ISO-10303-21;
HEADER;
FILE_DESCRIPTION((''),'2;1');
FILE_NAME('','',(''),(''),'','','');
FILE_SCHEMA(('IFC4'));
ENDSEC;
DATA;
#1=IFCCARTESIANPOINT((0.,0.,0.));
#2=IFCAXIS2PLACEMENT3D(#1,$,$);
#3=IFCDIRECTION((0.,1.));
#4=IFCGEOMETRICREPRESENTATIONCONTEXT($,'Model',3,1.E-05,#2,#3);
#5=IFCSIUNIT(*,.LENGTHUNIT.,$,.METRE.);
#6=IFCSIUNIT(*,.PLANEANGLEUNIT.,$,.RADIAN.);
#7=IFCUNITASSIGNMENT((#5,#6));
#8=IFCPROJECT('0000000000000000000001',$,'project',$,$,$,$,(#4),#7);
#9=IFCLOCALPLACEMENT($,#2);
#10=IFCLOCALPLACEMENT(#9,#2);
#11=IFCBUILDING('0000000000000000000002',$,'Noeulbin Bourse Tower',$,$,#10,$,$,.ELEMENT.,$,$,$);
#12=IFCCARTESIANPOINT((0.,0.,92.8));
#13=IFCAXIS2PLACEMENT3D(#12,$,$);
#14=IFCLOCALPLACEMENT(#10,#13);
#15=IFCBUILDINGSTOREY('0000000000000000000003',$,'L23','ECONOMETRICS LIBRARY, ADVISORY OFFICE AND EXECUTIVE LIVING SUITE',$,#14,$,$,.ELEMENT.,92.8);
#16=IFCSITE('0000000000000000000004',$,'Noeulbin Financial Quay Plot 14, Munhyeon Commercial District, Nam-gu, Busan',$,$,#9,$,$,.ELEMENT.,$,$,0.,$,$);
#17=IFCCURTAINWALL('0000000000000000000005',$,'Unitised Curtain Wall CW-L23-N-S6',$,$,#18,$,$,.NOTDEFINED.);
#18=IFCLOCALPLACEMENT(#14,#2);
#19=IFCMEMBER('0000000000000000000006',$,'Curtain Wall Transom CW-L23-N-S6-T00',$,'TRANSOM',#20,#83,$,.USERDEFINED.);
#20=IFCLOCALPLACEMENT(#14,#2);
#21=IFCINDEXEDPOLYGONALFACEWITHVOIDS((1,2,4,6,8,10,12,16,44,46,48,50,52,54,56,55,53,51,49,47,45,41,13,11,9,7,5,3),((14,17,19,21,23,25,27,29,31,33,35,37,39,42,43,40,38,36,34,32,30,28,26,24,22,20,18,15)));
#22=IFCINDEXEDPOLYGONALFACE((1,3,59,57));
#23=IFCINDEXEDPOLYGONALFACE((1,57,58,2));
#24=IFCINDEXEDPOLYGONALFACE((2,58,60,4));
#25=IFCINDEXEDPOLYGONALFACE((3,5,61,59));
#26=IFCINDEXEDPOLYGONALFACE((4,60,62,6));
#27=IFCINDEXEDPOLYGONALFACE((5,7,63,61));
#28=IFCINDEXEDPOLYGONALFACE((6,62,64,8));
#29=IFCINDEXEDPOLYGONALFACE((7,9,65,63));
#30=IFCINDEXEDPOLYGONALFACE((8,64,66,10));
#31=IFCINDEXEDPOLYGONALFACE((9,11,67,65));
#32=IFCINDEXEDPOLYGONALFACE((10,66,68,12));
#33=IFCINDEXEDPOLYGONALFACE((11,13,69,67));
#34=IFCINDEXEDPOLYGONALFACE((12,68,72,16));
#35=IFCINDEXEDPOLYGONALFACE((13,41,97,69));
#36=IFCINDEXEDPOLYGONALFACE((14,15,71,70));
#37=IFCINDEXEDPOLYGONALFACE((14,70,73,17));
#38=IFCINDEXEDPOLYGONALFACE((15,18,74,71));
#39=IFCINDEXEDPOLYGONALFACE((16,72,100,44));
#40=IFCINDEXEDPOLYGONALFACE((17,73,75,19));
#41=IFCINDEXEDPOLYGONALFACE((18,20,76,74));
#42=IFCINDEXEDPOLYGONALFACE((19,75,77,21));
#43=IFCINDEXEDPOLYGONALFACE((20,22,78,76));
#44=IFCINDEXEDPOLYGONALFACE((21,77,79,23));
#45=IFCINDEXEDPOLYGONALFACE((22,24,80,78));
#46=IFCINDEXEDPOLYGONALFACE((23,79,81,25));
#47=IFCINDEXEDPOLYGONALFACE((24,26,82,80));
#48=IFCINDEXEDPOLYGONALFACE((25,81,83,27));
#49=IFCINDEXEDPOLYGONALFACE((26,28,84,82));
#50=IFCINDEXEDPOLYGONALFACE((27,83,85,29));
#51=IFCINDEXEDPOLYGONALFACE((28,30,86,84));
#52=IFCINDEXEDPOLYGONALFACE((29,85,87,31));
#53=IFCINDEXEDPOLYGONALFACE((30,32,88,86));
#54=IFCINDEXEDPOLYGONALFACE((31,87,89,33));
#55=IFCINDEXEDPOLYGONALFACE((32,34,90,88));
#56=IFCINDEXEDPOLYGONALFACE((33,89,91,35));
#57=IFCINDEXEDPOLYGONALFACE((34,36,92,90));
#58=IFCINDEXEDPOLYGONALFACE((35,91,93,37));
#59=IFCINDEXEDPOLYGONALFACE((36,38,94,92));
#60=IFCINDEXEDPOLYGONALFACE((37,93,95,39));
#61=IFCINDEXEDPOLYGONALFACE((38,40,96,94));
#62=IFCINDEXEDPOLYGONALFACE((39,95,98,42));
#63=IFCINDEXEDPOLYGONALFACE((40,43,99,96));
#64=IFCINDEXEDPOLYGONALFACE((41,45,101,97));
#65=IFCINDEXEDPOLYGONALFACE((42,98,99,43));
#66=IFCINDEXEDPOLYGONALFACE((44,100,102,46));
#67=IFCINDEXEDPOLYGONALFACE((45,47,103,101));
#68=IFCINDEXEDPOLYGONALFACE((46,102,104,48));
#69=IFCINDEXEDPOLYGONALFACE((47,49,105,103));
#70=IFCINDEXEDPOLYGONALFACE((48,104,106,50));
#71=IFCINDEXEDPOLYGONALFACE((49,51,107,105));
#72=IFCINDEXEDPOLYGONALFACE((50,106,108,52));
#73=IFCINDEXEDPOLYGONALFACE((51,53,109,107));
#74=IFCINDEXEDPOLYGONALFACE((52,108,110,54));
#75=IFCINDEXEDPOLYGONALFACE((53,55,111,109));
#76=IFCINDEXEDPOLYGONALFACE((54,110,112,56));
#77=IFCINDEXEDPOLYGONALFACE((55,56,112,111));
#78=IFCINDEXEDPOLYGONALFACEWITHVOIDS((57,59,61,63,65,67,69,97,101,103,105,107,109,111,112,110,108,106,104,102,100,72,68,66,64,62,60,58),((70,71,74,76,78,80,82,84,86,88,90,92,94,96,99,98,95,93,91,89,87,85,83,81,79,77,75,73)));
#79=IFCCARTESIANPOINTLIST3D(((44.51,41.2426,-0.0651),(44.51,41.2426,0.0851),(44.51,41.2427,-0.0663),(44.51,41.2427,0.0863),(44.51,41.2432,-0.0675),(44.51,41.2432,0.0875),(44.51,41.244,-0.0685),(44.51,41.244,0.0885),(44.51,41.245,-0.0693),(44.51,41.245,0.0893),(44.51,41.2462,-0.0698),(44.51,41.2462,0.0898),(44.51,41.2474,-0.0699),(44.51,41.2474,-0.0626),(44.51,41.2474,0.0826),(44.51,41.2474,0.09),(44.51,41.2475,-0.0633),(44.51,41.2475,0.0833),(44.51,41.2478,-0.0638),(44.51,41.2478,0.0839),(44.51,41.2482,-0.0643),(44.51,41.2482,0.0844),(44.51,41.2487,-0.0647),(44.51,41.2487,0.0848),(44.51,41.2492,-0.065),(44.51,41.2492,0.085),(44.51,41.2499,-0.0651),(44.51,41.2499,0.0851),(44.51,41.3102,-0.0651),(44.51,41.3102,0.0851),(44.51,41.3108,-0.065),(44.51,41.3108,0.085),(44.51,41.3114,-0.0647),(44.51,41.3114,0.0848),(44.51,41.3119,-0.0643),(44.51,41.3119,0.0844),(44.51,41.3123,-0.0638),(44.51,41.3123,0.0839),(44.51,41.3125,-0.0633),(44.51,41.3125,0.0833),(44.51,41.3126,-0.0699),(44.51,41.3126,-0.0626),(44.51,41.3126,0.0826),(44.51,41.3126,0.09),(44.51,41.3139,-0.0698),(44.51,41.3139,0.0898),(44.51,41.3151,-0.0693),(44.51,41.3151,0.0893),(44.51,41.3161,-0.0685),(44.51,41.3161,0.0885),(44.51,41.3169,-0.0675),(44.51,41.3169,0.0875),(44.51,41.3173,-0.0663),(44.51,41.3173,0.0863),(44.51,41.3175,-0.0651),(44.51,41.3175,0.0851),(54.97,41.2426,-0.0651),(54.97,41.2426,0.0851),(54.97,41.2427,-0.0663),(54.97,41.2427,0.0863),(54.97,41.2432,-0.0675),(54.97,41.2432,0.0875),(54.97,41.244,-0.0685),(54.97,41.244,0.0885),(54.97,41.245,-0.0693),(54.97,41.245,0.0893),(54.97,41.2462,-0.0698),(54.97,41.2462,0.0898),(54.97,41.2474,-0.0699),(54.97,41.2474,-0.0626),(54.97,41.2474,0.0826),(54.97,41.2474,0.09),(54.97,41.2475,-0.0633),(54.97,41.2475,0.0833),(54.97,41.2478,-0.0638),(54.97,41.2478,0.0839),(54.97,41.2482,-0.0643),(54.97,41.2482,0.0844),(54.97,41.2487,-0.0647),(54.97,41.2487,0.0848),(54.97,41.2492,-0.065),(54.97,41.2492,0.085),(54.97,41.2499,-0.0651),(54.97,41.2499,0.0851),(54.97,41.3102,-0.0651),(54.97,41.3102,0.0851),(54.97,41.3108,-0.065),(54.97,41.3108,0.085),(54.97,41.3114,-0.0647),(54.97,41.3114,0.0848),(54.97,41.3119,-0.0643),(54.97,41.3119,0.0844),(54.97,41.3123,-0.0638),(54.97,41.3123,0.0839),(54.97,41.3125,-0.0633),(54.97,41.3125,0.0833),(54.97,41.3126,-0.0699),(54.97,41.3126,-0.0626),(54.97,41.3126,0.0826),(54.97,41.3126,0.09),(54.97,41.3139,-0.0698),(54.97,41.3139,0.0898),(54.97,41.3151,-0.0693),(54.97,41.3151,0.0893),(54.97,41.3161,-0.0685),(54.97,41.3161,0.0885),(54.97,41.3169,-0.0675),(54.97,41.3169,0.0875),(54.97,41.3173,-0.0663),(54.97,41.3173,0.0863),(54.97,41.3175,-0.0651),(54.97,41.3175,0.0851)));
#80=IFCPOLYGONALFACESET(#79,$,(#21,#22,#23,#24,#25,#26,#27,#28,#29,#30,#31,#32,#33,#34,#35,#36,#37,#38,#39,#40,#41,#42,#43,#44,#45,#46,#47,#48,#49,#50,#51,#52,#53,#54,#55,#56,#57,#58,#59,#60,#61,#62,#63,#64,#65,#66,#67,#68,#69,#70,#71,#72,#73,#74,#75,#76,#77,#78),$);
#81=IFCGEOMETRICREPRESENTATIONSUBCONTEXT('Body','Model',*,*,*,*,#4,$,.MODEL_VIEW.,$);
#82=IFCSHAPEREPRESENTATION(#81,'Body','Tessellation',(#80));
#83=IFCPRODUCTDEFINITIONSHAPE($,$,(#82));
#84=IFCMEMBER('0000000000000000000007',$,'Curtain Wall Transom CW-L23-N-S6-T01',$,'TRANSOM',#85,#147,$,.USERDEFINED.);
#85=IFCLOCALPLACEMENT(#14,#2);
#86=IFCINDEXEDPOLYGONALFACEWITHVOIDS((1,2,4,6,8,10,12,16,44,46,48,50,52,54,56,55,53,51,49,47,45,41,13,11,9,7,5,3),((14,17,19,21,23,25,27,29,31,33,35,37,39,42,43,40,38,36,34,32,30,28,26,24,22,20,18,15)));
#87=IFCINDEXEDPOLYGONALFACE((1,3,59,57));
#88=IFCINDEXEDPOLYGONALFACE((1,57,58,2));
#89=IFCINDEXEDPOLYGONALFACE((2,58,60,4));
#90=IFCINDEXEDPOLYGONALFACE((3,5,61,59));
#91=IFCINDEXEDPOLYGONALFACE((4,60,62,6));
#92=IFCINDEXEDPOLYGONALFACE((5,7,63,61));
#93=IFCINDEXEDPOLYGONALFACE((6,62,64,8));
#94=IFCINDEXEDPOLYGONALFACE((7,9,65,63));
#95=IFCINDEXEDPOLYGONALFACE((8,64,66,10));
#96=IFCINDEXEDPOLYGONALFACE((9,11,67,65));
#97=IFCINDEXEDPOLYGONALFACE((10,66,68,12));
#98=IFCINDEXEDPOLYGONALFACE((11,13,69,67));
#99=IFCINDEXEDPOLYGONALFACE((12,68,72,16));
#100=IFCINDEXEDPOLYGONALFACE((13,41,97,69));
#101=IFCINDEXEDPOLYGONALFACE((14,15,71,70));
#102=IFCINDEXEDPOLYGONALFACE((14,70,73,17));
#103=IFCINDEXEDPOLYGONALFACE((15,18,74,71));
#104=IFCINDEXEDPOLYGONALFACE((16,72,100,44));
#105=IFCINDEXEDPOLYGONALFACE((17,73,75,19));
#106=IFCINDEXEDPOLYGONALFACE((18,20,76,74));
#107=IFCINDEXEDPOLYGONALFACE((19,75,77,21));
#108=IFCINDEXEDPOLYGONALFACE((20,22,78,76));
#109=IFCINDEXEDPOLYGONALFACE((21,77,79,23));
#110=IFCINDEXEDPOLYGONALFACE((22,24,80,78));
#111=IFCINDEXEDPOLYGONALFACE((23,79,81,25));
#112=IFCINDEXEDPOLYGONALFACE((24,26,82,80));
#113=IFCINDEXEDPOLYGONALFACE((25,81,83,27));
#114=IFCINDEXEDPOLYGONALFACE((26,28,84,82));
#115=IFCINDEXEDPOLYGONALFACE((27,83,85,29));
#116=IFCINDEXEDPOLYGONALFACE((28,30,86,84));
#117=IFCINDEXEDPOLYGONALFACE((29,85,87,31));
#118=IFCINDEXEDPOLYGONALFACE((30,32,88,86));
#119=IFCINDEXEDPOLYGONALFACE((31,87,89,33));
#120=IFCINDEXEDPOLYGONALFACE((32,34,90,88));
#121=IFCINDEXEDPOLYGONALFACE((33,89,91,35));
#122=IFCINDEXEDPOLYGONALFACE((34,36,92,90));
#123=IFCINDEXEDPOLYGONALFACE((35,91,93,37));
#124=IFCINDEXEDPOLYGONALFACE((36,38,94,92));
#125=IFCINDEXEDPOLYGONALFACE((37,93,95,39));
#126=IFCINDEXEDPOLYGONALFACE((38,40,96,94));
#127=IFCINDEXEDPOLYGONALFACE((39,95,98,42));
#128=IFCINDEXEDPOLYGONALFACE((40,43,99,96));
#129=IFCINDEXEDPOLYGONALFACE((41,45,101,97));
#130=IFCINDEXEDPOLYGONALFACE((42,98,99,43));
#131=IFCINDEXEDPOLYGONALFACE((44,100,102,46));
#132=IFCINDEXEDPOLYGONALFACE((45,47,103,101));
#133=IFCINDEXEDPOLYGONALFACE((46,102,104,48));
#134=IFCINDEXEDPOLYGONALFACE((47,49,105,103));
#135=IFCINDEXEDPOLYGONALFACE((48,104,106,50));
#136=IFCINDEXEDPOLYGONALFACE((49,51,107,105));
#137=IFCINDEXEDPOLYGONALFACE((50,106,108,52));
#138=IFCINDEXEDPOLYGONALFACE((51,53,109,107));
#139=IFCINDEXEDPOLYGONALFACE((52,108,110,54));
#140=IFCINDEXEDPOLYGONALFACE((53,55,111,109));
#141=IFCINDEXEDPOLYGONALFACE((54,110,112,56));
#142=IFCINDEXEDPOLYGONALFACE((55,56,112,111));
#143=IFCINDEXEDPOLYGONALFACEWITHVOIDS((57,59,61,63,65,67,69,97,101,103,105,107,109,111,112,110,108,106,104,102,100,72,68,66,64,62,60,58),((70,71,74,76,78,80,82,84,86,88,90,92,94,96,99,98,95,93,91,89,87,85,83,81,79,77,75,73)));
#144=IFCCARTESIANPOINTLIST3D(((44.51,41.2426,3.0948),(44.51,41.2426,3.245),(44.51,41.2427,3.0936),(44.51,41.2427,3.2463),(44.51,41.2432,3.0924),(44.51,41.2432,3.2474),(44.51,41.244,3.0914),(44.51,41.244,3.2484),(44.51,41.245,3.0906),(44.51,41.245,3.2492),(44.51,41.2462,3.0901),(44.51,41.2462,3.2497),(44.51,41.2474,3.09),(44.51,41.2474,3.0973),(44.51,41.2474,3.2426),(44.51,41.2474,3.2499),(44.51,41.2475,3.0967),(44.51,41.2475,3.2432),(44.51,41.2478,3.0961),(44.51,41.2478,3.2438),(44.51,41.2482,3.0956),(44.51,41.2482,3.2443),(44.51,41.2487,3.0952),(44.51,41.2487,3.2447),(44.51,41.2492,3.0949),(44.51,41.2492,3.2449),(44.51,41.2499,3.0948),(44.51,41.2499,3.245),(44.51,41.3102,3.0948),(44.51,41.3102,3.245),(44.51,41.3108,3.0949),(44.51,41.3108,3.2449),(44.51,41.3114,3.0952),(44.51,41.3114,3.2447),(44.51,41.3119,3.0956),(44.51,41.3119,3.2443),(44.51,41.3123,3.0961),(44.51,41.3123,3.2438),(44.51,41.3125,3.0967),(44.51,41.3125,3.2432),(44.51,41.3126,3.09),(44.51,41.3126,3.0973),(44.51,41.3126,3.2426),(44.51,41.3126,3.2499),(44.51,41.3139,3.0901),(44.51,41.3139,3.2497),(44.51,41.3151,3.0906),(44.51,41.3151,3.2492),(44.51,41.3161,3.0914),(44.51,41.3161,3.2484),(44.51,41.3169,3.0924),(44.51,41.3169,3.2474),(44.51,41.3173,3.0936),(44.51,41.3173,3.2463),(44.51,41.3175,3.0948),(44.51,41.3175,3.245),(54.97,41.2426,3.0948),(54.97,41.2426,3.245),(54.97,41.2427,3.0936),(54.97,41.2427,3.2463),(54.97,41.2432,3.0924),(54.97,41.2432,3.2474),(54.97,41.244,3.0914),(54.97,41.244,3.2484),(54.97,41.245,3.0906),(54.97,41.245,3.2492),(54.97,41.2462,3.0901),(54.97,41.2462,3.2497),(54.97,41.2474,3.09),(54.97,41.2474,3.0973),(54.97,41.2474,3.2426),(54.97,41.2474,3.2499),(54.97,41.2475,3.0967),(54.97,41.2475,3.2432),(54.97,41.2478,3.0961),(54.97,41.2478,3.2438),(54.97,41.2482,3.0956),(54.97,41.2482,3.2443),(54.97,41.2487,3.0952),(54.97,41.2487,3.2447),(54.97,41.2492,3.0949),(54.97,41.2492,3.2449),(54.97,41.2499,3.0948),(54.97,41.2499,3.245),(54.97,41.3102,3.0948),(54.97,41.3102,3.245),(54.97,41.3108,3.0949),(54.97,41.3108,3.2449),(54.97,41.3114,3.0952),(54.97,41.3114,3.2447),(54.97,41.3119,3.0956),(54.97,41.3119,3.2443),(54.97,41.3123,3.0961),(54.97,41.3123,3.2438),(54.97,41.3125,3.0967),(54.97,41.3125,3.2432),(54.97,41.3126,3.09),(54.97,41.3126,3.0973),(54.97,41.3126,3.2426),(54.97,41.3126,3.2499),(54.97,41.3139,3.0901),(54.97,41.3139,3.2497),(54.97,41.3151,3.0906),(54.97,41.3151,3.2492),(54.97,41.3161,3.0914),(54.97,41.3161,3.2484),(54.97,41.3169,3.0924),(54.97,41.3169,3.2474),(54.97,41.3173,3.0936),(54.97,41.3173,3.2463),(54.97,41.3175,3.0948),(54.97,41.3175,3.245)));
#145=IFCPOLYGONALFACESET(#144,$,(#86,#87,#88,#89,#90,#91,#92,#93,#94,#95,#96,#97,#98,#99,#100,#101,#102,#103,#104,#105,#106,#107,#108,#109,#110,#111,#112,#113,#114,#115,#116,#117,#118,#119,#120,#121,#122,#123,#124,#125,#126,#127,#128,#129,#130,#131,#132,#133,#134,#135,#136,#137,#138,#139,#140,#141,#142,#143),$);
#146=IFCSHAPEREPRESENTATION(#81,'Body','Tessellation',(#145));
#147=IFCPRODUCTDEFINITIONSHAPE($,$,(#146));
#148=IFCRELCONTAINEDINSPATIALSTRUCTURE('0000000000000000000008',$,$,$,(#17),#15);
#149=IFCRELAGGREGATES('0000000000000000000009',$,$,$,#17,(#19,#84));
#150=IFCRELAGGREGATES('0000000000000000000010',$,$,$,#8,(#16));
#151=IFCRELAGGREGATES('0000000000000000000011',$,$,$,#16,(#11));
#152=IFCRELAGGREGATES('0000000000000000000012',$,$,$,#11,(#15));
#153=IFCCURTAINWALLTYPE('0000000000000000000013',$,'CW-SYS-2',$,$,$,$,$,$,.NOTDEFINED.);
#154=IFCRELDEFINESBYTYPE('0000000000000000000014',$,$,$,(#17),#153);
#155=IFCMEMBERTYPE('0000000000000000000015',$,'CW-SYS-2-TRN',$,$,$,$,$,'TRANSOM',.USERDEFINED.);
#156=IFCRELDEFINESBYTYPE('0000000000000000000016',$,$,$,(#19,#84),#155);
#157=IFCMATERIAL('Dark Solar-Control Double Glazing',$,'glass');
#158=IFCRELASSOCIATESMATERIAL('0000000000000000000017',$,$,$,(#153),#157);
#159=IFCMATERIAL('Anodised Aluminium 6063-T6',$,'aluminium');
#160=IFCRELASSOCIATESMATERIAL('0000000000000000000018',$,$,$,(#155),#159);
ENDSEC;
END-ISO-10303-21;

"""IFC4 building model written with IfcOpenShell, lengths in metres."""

from ifc_helpers import new_model, si_unit, direction, frame, origin, origin_2d, place, context, subcontext, project, spatial, hollow_rectangle, extrude, material, material_profile, profile_set, type_object, element, aggregate, save


model = new_model("IFC4")

# Units and contexts
model_context = context("Model", 3, precision=1e-05, world=origin(), true_north=direction((0.0, 1.0)))
body_context = subcontext(model_context, "Body", "Model", "MODEL_VIEW")
ifc_project = project(units=[si_unit("LENGTHUNIT", "METRE"), si_unit("PLANEANGLEUNIT", "RADIAN")], contexts=[model_context])

# Site, building, storey
site_placement = place(None, origin())
site = spatial("IfcSite", under=ifc_project, at=site_placement, Name="Noeulbin Financial Quay Plot 14, Munhyeon Commercial District, Nam-gu, Busan", CompositionType="ELEMENT", RefElevation=0.0)
building_placement = place(site_placement, origin())
building = spatial("IfcBuilding", under=site, at=building_placement, Name="Noeulbin Bourse Tower", CompositionType="ELEMENT")
storey_placement = place(building_placement, frame((0.0, 0.0, 92.8)))
storey = spatial("IfcBuildingStorey", under=building, at=storey_placement, Name="L23", Description="ECONOMETRICS LIBRARY, ADVISORY OFFICE AND EXECUTIVE LIVING SUITE", CompositionType="ELEMENT", Elevation=92.8)

# Curtain wall
ifc_material_1 = material(Name="Dark Solar-Control Double Glazing", Category="glass")
curtain_wall_type = type_object("IfcCurtainWallType", Name="CW-SYS-2", PredefinedType="NOTDEFINED", material=ifc_material_1)
curtain_wall_1_placement = place(storey_placement, origin())
curtain_wall_1 = element("IfcCurtainWall", 1, at=curtain_wall_1_placement, inside=storey, type_object=curtain_wall_type, Name="Unitised Curtain Wall CW-L23-N-S6", PredefinedType="NOTDEFINED")
ifc_material_2 = material(Name="Anodised Aluminium 6063-T6", Category="aluminium")

# Members
ifc_material_profile_1 = material_profile(ifc_material_2, hollow_rectangle(XDim=0.075, YDim=0.1599, WallThickness=0.0049, InnerFilletRadius=0.0024, OuterFilletRadius=0.0049, at=origin_2d()), Name="ALU-TRAN-75x160x5", Category="LoadBearing")
ifc_profile_set_1 = profile_set([ifc_material_profile_1], Name="Anodised Aluminium 6063-T6")
member_type_1 = type_object("IfcMemberType", Name="CW-SYS-2-TRN", ElementType="TRANSOM", PredefinedType="USERDEFINED", material=ifc_profile_set_1)
member_1_placement = place(storey_placement, frame((44.51, 41.28, 0.01), z_axis=(1.0, 0.0, 0.0), x_axis=(0.0, 1.0, 0.0)))
member_1 = element("IfcMember", 2, at=member_1_placement, type_object=member_type_1, Name="Curtain Wall Transom CW-L23-N-S6-T00", ObjectType="TRANSOM", PredefinedType="USERDEFINED", context=body_context, shape_type="SweptSolid", body=[
    extrude(hollow_rectangle(XDim=0.075, YDim=0.1599, WallThickness=0.0049, InnerFilletRadius=0.0024, OuterFilletRadius=0.0049, at=origin_2d()), origin(), (0.0, 0.0, 1.0), 10.46),
])
member_2_placement = place(storey_placement, frame((44.51, 41.28, 3.1699), z_axis=(1.0, 0.0, 0.0), x_axis=(0.0, 1.0, 0.0)))
member_2 = element("IfcMember", 3, at=member_2_placement, type_object=member_type_1, Name="Curtain Wall Transom CW-L23-N-S6-T01", ObjectType="TRANSOM", PredefinedType="USERDEFINED", context=body_context, shape_type="SweptSolid", body=[
    extrude(hollow_rectangle(XDim=0.075, YDim=0.1599, WallThickness=0.0049, InnerFilletRadius=0.0024, OuterFilletRadius=0.0049, at=origin_2d()), origin(), (0.0, 0.0, 1.0), 10.46),
])

aggregate(curtain_wall_1, [member_1, member_2])

save(model, "model.ifc")
